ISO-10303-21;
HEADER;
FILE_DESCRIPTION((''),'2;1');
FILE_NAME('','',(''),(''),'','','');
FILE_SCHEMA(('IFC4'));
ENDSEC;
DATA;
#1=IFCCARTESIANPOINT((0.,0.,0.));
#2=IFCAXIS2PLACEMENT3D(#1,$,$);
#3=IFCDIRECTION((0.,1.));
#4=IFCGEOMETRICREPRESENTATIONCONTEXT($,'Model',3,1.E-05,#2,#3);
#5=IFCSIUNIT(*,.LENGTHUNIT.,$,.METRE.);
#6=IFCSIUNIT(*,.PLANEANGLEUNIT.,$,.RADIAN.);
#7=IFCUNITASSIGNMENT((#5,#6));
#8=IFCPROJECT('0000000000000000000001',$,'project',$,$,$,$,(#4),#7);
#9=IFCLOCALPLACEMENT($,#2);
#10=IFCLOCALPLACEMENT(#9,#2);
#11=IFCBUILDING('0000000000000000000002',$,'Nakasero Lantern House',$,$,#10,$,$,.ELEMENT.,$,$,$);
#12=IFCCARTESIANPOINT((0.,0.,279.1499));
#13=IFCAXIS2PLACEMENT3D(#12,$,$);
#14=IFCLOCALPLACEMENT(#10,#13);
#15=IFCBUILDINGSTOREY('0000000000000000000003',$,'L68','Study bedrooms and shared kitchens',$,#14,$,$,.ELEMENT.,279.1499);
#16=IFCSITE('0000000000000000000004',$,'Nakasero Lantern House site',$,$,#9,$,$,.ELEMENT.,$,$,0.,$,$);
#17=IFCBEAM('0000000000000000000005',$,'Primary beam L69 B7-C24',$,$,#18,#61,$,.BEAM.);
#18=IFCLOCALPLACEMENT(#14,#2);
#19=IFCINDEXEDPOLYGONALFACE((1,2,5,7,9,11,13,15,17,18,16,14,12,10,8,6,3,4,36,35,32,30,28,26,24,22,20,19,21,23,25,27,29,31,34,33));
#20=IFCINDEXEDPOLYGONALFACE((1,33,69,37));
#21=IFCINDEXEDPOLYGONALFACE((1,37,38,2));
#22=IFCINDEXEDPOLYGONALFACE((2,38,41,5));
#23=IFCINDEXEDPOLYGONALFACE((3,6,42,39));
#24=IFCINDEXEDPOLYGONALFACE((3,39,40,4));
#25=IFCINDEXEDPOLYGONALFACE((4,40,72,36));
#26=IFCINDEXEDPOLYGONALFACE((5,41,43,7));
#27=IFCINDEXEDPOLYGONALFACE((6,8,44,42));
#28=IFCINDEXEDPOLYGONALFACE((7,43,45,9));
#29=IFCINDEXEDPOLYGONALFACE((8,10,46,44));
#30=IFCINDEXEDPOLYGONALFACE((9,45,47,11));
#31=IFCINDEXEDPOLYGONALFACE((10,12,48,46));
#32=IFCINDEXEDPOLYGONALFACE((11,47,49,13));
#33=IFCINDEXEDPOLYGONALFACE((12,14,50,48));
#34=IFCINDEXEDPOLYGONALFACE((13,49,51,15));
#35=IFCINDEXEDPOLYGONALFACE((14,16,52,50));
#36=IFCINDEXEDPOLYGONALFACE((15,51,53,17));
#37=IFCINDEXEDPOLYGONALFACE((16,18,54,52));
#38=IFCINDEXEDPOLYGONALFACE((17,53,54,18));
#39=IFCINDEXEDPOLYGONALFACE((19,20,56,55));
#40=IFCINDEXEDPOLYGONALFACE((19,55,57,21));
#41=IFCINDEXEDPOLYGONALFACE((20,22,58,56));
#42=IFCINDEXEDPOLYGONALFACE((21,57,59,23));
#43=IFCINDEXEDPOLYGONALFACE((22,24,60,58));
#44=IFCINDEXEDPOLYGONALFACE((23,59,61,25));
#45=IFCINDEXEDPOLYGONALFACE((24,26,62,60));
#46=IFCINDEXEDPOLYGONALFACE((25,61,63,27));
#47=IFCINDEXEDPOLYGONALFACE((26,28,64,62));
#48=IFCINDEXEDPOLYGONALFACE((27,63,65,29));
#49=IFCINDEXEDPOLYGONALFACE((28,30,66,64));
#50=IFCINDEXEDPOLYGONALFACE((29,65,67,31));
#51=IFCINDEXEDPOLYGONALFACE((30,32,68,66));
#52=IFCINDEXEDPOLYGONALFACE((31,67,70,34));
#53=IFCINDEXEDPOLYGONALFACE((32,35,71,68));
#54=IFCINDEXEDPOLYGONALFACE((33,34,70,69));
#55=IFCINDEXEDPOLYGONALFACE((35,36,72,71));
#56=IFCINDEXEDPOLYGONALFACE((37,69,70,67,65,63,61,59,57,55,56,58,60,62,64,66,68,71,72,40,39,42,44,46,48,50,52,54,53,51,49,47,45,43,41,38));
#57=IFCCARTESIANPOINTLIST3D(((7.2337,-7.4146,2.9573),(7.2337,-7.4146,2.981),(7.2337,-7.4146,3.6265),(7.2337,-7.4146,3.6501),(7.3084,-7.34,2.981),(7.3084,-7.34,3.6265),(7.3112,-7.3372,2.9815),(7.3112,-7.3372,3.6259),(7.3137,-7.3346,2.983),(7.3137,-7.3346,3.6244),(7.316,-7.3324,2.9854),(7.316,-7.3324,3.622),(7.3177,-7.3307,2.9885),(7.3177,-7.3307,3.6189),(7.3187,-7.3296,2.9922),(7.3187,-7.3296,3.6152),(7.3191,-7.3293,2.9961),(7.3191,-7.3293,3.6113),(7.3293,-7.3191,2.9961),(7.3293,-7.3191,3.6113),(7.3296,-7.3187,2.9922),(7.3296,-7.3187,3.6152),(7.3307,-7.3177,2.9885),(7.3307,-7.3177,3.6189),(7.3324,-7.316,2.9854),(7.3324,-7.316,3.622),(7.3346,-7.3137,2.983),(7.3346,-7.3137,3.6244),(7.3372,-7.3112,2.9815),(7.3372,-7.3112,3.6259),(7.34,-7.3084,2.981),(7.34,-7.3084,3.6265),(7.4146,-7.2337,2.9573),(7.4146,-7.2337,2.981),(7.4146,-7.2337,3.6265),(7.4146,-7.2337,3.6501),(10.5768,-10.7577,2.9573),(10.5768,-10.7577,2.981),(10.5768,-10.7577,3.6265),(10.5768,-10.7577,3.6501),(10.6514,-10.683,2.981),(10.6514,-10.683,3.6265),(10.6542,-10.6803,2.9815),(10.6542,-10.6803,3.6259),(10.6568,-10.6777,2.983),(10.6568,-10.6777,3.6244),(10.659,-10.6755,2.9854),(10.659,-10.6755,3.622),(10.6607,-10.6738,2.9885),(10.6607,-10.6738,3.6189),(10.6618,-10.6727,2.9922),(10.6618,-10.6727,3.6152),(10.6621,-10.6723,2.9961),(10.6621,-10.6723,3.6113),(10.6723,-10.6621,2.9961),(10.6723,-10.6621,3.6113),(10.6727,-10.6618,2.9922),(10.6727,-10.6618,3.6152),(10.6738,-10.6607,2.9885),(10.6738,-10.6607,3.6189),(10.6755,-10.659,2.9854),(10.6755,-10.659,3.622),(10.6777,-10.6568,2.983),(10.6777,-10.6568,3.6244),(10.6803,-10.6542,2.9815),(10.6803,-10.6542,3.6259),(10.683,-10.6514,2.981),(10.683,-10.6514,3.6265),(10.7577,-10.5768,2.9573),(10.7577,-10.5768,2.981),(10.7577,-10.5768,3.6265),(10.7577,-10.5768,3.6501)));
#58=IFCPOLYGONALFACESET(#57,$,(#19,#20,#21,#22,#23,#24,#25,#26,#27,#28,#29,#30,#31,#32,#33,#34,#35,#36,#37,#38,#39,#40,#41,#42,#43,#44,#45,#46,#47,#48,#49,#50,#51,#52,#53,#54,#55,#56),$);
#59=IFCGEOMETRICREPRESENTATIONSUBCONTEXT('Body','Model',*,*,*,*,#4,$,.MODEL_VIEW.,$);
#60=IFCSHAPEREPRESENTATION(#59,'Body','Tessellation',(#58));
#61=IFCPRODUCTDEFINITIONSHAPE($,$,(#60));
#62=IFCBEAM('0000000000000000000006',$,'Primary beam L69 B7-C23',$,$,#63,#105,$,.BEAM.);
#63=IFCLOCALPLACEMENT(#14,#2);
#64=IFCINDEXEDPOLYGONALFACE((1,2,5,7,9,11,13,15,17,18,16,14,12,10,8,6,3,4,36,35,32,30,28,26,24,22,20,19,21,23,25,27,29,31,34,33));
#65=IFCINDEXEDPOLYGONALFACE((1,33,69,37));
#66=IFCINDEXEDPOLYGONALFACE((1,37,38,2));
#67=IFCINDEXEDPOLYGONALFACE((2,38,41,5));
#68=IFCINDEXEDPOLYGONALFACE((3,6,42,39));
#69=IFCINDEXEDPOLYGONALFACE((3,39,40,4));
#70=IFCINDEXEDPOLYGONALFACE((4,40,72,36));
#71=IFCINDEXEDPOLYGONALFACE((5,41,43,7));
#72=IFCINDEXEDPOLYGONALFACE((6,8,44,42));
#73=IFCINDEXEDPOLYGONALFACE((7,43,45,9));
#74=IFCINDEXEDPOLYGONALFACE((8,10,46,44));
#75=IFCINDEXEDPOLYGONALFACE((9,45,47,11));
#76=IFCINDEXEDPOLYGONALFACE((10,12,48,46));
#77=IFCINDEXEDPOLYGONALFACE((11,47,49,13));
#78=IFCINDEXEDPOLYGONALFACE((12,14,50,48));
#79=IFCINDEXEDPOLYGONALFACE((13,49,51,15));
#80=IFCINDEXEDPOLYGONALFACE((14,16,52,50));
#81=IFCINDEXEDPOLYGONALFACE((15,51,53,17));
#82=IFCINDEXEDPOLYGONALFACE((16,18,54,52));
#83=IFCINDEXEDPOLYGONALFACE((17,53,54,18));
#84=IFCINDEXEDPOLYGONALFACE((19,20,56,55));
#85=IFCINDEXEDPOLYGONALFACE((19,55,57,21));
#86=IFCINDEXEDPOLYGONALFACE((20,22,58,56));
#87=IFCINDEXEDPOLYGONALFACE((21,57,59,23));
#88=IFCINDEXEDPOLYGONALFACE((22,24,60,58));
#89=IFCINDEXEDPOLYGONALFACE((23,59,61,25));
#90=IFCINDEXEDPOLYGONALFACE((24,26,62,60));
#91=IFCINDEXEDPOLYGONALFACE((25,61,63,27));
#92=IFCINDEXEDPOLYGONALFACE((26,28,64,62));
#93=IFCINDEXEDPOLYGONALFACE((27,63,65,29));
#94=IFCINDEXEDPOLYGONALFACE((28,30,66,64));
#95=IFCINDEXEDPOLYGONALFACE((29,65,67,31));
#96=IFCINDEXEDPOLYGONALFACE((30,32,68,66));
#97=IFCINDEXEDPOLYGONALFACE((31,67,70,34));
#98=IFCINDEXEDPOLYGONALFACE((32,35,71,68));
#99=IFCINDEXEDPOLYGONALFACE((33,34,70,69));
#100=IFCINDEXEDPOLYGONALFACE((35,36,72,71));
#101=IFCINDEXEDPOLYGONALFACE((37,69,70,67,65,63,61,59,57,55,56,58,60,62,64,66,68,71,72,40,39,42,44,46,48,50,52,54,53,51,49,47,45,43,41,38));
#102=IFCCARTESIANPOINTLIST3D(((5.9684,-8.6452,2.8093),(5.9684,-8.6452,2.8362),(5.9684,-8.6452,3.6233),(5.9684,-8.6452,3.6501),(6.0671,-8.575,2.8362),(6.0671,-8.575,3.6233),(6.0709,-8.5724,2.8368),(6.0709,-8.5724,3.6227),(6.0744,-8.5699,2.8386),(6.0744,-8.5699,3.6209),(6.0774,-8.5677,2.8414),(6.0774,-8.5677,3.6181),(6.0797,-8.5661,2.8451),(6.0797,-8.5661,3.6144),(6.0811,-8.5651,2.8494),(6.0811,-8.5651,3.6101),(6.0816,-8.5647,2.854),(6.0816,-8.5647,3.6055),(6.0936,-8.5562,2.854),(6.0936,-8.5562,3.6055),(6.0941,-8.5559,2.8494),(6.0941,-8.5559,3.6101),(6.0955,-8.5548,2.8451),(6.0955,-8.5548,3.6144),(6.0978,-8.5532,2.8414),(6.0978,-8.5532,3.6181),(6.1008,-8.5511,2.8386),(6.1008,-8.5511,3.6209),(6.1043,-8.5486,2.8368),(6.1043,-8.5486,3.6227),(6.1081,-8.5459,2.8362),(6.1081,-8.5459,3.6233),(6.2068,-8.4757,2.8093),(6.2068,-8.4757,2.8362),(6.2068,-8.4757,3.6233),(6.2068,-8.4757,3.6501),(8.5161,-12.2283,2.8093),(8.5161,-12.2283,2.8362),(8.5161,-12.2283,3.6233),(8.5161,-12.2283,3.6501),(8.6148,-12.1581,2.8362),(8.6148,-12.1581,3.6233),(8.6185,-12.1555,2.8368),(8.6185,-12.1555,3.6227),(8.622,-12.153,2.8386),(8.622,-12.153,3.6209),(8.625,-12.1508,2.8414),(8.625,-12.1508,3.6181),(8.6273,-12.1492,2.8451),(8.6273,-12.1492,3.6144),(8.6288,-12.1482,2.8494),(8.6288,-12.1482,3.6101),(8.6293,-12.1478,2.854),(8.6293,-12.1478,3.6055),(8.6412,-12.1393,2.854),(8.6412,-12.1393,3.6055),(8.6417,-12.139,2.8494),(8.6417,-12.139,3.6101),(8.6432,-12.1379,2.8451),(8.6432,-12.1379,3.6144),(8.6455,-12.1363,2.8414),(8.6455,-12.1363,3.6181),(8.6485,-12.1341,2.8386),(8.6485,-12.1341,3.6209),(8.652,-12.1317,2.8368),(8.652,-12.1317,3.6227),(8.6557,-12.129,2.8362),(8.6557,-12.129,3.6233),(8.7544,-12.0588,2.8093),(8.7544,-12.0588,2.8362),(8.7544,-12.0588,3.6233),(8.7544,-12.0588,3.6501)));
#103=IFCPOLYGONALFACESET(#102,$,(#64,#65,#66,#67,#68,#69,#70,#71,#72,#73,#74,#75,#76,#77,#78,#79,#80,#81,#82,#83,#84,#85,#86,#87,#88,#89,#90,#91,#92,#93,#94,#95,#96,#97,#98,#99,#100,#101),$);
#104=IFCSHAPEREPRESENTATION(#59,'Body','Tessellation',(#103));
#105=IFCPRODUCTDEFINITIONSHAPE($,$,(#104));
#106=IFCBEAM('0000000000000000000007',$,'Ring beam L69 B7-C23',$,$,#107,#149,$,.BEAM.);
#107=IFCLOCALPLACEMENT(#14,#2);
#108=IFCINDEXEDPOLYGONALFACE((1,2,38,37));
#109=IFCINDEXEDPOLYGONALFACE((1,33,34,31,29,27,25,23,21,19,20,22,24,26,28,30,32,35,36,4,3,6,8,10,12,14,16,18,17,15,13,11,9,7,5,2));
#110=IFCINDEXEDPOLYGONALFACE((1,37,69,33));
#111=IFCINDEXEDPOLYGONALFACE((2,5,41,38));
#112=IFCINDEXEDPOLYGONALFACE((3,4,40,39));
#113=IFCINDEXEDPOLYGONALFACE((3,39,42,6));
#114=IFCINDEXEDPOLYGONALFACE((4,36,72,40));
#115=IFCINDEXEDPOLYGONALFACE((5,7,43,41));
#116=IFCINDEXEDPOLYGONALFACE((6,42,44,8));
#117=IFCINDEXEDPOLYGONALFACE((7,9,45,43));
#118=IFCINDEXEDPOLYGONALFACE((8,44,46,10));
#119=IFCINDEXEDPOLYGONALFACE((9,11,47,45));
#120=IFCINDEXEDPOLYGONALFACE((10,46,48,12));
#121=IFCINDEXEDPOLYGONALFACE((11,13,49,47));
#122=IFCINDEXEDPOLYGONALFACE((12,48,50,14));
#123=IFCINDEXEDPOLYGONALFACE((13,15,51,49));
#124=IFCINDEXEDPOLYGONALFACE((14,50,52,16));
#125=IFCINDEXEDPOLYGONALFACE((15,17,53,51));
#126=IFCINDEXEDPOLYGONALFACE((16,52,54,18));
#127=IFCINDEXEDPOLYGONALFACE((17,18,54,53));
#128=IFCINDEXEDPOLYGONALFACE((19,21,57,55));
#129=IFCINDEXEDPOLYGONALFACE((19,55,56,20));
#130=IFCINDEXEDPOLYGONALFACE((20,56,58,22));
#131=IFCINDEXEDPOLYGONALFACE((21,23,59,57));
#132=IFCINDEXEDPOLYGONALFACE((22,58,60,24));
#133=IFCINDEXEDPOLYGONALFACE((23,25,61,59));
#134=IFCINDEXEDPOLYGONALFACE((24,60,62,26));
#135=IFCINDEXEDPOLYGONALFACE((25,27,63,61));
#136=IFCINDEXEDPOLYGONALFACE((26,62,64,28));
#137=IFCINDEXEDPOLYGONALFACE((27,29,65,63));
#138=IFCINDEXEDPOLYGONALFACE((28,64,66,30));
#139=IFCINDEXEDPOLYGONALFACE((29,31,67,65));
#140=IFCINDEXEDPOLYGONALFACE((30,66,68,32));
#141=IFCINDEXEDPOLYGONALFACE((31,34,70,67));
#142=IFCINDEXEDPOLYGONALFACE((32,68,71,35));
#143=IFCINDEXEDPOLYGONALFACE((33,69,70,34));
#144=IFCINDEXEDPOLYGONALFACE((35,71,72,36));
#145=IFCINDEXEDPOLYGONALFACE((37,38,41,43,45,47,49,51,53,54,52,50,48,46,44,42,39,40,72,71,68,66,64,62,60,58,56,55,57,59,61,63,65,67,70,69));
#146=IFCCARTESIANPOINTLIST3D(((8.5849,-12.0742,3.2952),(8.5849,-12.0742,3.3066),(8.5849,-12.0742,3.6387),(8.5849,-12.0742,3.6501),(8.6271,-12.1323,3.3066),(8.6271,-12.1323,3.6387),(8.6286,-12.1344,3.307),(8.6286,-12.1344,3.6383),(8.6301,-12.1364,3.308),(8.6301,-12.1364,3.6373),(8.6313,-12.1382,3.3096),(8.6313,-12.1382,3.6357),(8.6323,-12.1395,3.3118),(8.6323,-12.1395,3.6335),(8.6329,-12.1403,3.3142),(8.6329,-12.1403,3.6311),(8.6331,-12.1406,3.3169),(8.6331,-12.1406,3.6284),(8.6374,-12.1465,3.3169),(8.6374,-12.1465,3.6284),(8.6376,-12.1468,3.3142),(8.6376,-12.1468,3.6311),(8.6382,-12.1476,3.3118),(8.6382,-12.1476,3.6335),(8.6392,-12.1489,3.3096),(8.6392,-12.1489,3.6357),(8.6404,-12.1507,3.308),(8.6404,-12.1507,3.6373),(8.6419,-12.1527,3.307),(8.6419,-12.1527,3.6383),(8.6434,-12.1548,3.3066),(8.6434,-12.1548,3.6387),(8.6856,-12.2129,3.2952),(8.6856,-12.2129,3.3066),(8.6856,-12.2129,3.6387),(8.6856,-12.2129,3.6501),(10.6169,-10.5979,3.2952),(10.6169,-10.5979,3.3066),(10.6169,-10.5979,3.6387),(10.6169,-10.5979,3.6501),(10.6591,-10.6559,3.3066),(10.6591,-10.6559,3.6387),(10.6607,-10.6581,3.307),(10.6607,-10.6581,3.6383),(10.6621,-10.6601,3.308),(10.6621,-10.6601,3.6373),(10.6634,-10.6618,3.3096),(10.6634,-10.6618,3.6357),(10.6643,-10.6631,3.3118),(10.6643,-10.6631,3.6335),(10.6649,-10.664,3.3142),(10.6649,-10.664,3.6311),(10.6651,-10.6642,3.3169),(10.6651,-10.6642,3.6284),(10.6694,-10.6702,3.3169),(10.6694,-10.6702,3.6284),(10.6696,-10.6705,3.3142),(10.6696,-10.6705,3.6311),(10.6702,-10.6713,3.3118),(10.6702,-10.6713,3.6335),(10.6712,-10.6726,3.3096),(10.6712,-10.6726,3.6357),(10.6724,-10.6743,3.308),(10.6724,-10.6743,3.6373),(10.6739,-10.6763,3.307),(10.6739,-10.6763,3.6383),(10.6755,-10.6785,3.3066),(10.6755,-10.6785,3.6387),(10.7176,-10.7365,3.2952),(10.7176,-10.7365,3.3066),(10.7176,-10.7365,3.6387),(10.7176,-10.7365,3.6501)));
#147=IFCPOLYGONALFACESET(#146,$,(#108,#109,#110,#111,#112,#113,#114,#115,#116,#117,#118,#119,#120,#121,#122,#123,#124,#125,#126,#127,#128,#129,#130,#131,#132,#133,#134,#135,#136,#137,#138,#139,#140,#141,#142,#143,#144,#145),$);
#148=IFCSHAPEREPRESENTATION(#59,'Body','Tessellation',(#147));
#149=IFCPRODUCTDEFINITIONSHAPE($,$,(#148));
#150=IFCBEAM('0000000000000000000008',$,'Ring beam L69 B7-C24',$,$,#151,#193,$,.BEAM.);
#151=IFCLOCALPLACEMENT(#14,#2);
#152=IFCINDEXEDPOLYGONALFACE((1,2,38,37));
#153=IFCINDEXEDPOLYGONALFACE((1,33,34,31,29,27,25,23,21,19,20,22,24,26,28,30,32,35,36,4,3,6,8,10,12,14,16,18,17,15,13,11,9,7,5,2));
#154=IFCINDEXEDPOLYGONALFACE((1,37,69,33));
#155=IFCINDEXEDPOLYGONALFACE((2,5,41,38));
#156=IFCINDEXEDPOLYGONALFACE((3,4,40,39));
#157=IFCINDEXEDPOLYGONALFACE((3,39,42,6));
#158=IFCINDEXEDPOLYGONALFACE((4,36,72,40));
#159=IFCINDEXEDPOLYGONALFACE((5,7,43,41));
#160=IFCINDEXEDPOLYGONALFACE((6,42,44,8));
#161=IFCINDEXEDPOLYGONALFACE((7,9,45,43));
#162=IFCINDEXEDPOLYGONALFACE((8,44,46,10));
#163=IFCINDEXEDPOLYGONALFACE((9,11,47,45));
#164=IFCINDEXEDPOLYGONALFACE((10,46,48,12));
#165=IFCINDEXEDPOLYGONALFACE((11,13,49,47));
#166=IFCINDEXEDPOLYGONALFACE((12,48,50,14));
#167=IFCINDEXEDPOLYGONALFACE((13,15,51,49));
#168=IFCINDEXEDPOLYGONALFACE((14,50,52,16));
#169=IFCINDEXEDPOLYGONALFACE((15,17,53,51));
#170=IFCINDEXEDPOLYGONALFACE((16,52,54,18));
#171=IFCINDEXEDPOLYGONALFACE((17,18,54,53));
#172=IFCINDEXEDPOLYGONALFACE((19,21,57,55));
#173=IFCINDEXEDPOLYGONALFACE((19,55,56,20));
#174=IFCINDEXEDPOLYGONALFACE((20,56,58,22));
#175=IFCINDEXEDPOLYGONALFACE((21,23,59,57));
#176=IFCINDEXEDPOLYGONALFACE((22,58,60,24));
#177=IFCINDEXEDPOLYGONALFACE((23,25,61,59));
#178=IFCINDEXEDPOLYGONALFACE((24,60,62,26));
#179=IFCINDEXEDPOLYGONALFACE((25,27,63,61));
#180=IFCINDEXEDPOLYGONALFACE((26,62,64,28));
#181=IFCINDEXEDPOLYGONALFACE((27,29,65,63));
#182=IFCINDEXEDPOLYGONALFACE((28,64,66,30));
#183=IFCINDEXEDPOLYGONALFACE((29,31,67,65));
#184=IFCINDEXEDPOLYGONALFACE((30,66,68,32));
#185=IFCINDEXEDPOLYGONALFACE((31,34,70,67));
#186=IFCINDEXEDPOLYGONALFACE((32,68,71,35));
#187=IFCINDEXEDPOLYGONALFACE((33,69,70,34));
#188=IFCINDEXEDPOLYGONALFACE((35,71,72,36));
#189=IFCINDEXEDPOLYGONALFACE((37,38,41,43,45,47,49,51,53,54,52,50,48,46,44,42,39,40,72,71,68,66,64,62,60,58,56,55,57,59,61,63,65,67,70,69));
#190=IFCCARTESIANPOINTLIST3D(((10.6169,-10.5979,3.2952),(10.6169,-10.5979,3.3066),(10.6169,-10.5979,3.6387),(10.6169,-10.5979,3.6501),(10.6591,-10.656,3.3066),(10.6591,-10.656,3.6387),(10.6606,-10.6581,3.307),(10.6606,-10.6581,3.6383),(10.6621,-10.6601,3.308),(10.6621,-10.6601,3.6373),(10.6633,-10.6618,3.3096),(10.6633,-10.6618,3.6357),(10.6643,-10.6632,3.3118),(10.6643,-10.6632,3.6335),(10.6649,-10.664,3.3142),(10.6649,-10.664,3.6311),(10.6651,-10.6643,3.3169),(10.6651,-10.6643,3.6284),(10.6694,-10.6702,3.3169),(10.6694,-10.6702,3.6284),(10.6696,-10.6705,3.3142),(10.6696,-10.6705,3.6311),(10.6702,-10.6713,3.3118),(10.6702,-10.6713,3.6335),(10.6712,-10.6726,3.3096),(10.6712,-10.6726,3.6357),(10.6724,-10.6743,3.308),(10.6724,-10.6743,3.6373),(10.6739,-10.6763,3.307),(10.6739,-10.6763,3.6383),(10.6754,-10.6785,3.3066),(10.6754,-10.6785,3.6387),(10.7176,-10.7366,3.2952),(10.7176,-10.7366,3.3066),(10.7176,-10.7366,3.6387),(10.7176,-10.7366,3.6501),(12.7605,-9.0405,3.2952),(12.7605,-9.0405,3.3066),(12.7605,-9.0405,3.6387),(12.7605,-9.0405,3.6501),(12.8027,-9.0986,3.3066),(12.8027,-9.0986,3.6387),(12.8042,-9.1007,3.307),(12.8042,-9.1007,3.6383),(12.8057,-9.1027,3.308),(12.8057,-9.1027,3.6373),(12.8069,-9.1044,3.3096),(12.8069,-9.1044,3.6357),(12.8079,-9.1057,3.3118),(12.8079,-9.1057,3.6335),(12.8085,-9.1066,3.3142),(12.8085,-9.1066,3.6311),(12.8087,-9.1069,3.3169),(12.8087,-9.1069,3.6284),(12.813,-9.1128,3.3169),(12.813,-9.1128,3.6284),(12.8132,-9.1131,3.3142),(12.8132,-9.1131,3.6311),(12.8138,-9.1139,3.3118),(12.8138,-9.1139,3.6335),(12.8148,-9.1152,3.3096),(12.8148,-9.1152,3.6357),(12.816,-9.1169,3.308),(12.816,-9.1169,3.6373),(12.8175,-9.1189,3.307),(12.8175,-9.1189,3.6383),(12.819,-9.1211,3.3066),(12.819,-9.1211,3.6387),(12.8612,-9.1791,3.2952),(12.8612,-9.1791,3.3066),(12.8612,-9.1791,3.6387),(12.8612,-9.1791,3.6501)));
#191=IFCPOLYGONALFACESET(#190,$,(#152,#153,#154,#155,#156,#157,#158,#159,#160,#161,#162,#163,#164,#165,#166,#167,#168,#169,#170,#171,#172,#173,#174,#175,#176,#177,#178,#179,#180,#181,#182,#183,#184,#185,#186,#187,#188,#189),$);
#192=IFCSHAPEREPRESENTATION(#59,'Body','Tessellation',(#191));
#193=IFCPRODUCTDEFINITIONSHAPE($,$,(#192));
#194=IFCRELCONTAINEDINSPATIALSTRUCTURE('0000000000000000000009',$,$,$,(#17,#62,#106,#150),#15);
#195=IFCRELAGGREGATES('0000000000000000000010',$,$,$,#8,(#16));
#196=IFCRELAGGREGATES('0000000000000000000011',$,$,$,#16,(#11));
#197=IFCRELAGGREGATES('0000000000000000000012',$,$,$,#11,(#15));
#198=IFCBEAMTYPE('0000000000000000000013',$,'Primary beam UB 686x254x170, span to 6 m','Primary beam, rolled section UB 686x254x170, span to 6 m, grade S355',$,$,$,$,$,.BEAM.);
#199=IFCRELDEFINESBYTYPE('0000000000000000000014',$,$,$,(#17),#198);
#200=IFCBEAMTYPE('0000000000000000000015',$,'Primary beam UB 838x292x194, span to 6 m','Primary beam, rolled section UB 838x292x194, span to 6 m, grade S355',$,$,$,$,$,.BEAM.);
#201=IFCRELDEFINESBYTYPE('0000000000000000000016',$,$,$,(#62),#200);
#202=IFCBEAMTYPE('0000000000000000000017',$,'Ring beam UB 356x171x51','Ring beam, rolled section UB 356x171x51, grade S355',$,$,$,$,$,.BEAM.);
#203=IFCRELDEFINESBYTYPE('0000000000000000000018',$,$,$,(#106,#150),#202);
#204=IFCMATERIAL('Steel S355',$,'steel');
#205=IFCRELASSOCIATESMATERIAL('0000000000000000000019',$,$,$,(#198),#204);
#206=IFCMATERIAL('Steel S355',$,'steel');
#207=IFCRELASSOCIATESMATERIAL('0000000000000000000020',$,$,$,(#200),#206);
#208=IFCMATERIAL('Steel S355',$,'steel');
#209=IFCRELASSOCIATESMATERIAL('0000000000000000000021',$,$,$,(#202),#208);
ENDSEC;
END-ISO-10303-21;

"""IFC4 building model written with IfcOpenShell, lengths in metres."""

from ifc_helpers import new_model, si_unit, direction, frame, origin, origin_2d, place, context, subcontext, project, spatial, i_section, extrude, material, material_profile, profile_set, type_object, element, save


model = new_model("IFC4")

# Units and contexts
model_context = context("Model", 3, precision=1e-05, world=origin(), true_north=direction((0.0, 1.0)))
body_context = subcontext(model_context, "Body", "Model", "MODEL_VIEW")
ifc_project = project(units=[si_unit("LENGTHUNIT", "METRE"), si_unit("PLANEANGLEUNIT", "RADIAN")], contexts=[model_context])

# Site, building, storey
site_placement = place(None, origin())
site = spatial("IfcSite", under=ifc_project, at=site_placement, Name="Nakasero Lantern House site", CompositionType="ELEMENT", RefElevation=0.0)
building_placement = place(site_placement, origin())
building = spatial("IfcBuilding", under=site, at=building_placement, Name="Nakasero Lantern House", CompositionType="ELEMENT")
storey_placement = place(building_placement, frame((0.0, 0.0, 279.1499)))
storey = spatial("IfcBuildingStorey", under=building, at=storey_placement, Name="L68", Description="Study bedrooms and shared kitchens", CompositionType="ELEMENT", Elevation=279.1499)

# Beams
ifc_material_1 = material(Name="Steel S355", Category="steel")
ifc_material_profile_1 = material_profile(ifc_material_1, i_section(OverallWidth=0.2559, OverallDepth=0.6929, WebThickness=0.0144, FlangeThickness=0.0237, FilletRadius=0.0151, at=origin_2d()), Name="UB 686x254x170")
ifc_profile_set_1 = profile_set([ifc_material_profile_1], Name="Steel S355")
beam_type_1 = type_object("IfcBeamType", Name="Primary beam UB 686x254x170, span to 6 m", Description="Primary beam, rolled section UB 686x254x170, span to 6 m, grade S355", PredefinedType="BEAM", material=ifc_profile_set_1)
beam_1_placement = place(storey_placement, frame((10.6672, -10.6672, 3.3037), z_axis=(-0.707107, 0.707107, 0.0), x_axis=(-0.707107, -0.707107, 0.0)))
element("IfcBeam", 1, at=beam_1_placement, inside=storey, type_object=beam_type_1, Name="Primary beam L69 B7-C24", PredefinedType="BEAM", context=body_context, shape_type="SweptSolid", body=[
    extrude(i_section(OverallWidth=0.2559, OverallDepth=0.6929, WebThickness=0.0144, FlangeThickness=0.0237, FilletRadius=0.0151, at=origin_2d()), origin(), (0.0, 0.0, 1.0), 4.7278),
])
ifc_material_2 = material(Name="Steel S355", Category="steel")
ifc_material_profile_2 = material_profile(ifc_material_2, i_section(OverallWidth=0.2925, OverallDepth=0.8408, WebThickness=0.0146, FlangeThickness=0.0269, FilletRadius=0.0178, at=origin_2d()), Name="UB 838x292x194")
ifc_profile_set_2 = profile_set([ifc_material_profile_2], Name="Steel S355")
beam_type_2 = type_object("IfcBeamType", Name="Primary beam UB 838x292x194, span to 6 m", Description="Primary beam, rolled section UB 838x292x194, span to 6 m, grade S355", PredefinedType="BEAM", material=ifc_profile_set_2)
beam_2_placement = place(storey_placement, frame((8.6353, -12.1436, 3.2297), z_axis=(-0.579477, 0.814989, 0.0), x_axis=(-0.814989, -0.579477, 0.0)))
element("IfcBeam", 2, at=beam_2_placement, inside=storey, type_object=beam_type_2, Name="Primary beam L69 B7-C23", PredefinedType="BEAM", context=body_context, shape_type="SweptSolid", body=[
    extrude(i_section(OverallWidth=0.2925, OverallDepth=0.8408, WebThickness=0.0146, FlangeThickness=0.0269, FilletRadius=0.0178, at=origin_2d()), origin(), (0.0, 0.0, 1.0), 4.3965),
])
ifc_material_3 = material(Name="Steel S355", Category="steel")
ifc_material_profile_3 = material_profile(ifc_material_3, i_section(OverallWidth=0.1714, OverallDepth=0.355, WebThickness=0.0073, FlangeThickness=0.0115, FilletRadius=0.0103, at=origin_2d()), Name="UB 356x171x51")
ifc_profile_set_3 = profile_set([ifc_material_profile_3], Name="Steel S355")
beam_type_3 = type_object("IfcBeamType", Name="Ring beam UB 356x171x51", Description="Ring beam, rolled section UB 356x171x51, grade S355", PredefinedType="BEAM", material=ifc_profile_set_3)
beam_3_placement = place(storey_placement, frame((8.6353, -12.1436, 3.4727), z_axis=(0.809018, 0.587784, 0.0), x_axis=(-0.587784, 0.809018, 0.0)))
element("IfcBeam", 3, at=beam_3_placement, inside=storey, type_object=beam_type_3, Name="Ring beam L69 B7-C23", PredefinedType="BEAM", context=body_context, shape_type="SweptSolid", body=[
    extrude(i_section(OverallWidth=0.1714, OverallDepth=0.355, WebThickness=0.0073, FlangeThickness=0.0115, FilletRadius=0.0103, at=origin_2d()), origin(), (0.0, 0.0, 1.0), 2.5117),
])
beam_4_placement = place(storey_placement, frame((10.6672, -10.6672, 3.4727), z_axis=(0.809019, 0.587783, 0.0), x_axis=(-0.587783, 0.809019, 0.0)))
element("IfcBeam", 4, at=beam_4_placement, inside=storey, type_object=beam_type_3, Name="Ring beam L69 B7-C24", PredefinedType="BEAM", context=body_context, shape_type="SweptSolid", body=[
    extrude(i_section(OverallWidth=0.1714, OverallDepth=0.355, WebThickness=0.0073, FlangeThickness=0.0115, FilletRadius=0.0103, at=origin_2d()), origin(), (0.0, 0.0, 1.0), 2.6497),
])

save(model, "model.ifc")
